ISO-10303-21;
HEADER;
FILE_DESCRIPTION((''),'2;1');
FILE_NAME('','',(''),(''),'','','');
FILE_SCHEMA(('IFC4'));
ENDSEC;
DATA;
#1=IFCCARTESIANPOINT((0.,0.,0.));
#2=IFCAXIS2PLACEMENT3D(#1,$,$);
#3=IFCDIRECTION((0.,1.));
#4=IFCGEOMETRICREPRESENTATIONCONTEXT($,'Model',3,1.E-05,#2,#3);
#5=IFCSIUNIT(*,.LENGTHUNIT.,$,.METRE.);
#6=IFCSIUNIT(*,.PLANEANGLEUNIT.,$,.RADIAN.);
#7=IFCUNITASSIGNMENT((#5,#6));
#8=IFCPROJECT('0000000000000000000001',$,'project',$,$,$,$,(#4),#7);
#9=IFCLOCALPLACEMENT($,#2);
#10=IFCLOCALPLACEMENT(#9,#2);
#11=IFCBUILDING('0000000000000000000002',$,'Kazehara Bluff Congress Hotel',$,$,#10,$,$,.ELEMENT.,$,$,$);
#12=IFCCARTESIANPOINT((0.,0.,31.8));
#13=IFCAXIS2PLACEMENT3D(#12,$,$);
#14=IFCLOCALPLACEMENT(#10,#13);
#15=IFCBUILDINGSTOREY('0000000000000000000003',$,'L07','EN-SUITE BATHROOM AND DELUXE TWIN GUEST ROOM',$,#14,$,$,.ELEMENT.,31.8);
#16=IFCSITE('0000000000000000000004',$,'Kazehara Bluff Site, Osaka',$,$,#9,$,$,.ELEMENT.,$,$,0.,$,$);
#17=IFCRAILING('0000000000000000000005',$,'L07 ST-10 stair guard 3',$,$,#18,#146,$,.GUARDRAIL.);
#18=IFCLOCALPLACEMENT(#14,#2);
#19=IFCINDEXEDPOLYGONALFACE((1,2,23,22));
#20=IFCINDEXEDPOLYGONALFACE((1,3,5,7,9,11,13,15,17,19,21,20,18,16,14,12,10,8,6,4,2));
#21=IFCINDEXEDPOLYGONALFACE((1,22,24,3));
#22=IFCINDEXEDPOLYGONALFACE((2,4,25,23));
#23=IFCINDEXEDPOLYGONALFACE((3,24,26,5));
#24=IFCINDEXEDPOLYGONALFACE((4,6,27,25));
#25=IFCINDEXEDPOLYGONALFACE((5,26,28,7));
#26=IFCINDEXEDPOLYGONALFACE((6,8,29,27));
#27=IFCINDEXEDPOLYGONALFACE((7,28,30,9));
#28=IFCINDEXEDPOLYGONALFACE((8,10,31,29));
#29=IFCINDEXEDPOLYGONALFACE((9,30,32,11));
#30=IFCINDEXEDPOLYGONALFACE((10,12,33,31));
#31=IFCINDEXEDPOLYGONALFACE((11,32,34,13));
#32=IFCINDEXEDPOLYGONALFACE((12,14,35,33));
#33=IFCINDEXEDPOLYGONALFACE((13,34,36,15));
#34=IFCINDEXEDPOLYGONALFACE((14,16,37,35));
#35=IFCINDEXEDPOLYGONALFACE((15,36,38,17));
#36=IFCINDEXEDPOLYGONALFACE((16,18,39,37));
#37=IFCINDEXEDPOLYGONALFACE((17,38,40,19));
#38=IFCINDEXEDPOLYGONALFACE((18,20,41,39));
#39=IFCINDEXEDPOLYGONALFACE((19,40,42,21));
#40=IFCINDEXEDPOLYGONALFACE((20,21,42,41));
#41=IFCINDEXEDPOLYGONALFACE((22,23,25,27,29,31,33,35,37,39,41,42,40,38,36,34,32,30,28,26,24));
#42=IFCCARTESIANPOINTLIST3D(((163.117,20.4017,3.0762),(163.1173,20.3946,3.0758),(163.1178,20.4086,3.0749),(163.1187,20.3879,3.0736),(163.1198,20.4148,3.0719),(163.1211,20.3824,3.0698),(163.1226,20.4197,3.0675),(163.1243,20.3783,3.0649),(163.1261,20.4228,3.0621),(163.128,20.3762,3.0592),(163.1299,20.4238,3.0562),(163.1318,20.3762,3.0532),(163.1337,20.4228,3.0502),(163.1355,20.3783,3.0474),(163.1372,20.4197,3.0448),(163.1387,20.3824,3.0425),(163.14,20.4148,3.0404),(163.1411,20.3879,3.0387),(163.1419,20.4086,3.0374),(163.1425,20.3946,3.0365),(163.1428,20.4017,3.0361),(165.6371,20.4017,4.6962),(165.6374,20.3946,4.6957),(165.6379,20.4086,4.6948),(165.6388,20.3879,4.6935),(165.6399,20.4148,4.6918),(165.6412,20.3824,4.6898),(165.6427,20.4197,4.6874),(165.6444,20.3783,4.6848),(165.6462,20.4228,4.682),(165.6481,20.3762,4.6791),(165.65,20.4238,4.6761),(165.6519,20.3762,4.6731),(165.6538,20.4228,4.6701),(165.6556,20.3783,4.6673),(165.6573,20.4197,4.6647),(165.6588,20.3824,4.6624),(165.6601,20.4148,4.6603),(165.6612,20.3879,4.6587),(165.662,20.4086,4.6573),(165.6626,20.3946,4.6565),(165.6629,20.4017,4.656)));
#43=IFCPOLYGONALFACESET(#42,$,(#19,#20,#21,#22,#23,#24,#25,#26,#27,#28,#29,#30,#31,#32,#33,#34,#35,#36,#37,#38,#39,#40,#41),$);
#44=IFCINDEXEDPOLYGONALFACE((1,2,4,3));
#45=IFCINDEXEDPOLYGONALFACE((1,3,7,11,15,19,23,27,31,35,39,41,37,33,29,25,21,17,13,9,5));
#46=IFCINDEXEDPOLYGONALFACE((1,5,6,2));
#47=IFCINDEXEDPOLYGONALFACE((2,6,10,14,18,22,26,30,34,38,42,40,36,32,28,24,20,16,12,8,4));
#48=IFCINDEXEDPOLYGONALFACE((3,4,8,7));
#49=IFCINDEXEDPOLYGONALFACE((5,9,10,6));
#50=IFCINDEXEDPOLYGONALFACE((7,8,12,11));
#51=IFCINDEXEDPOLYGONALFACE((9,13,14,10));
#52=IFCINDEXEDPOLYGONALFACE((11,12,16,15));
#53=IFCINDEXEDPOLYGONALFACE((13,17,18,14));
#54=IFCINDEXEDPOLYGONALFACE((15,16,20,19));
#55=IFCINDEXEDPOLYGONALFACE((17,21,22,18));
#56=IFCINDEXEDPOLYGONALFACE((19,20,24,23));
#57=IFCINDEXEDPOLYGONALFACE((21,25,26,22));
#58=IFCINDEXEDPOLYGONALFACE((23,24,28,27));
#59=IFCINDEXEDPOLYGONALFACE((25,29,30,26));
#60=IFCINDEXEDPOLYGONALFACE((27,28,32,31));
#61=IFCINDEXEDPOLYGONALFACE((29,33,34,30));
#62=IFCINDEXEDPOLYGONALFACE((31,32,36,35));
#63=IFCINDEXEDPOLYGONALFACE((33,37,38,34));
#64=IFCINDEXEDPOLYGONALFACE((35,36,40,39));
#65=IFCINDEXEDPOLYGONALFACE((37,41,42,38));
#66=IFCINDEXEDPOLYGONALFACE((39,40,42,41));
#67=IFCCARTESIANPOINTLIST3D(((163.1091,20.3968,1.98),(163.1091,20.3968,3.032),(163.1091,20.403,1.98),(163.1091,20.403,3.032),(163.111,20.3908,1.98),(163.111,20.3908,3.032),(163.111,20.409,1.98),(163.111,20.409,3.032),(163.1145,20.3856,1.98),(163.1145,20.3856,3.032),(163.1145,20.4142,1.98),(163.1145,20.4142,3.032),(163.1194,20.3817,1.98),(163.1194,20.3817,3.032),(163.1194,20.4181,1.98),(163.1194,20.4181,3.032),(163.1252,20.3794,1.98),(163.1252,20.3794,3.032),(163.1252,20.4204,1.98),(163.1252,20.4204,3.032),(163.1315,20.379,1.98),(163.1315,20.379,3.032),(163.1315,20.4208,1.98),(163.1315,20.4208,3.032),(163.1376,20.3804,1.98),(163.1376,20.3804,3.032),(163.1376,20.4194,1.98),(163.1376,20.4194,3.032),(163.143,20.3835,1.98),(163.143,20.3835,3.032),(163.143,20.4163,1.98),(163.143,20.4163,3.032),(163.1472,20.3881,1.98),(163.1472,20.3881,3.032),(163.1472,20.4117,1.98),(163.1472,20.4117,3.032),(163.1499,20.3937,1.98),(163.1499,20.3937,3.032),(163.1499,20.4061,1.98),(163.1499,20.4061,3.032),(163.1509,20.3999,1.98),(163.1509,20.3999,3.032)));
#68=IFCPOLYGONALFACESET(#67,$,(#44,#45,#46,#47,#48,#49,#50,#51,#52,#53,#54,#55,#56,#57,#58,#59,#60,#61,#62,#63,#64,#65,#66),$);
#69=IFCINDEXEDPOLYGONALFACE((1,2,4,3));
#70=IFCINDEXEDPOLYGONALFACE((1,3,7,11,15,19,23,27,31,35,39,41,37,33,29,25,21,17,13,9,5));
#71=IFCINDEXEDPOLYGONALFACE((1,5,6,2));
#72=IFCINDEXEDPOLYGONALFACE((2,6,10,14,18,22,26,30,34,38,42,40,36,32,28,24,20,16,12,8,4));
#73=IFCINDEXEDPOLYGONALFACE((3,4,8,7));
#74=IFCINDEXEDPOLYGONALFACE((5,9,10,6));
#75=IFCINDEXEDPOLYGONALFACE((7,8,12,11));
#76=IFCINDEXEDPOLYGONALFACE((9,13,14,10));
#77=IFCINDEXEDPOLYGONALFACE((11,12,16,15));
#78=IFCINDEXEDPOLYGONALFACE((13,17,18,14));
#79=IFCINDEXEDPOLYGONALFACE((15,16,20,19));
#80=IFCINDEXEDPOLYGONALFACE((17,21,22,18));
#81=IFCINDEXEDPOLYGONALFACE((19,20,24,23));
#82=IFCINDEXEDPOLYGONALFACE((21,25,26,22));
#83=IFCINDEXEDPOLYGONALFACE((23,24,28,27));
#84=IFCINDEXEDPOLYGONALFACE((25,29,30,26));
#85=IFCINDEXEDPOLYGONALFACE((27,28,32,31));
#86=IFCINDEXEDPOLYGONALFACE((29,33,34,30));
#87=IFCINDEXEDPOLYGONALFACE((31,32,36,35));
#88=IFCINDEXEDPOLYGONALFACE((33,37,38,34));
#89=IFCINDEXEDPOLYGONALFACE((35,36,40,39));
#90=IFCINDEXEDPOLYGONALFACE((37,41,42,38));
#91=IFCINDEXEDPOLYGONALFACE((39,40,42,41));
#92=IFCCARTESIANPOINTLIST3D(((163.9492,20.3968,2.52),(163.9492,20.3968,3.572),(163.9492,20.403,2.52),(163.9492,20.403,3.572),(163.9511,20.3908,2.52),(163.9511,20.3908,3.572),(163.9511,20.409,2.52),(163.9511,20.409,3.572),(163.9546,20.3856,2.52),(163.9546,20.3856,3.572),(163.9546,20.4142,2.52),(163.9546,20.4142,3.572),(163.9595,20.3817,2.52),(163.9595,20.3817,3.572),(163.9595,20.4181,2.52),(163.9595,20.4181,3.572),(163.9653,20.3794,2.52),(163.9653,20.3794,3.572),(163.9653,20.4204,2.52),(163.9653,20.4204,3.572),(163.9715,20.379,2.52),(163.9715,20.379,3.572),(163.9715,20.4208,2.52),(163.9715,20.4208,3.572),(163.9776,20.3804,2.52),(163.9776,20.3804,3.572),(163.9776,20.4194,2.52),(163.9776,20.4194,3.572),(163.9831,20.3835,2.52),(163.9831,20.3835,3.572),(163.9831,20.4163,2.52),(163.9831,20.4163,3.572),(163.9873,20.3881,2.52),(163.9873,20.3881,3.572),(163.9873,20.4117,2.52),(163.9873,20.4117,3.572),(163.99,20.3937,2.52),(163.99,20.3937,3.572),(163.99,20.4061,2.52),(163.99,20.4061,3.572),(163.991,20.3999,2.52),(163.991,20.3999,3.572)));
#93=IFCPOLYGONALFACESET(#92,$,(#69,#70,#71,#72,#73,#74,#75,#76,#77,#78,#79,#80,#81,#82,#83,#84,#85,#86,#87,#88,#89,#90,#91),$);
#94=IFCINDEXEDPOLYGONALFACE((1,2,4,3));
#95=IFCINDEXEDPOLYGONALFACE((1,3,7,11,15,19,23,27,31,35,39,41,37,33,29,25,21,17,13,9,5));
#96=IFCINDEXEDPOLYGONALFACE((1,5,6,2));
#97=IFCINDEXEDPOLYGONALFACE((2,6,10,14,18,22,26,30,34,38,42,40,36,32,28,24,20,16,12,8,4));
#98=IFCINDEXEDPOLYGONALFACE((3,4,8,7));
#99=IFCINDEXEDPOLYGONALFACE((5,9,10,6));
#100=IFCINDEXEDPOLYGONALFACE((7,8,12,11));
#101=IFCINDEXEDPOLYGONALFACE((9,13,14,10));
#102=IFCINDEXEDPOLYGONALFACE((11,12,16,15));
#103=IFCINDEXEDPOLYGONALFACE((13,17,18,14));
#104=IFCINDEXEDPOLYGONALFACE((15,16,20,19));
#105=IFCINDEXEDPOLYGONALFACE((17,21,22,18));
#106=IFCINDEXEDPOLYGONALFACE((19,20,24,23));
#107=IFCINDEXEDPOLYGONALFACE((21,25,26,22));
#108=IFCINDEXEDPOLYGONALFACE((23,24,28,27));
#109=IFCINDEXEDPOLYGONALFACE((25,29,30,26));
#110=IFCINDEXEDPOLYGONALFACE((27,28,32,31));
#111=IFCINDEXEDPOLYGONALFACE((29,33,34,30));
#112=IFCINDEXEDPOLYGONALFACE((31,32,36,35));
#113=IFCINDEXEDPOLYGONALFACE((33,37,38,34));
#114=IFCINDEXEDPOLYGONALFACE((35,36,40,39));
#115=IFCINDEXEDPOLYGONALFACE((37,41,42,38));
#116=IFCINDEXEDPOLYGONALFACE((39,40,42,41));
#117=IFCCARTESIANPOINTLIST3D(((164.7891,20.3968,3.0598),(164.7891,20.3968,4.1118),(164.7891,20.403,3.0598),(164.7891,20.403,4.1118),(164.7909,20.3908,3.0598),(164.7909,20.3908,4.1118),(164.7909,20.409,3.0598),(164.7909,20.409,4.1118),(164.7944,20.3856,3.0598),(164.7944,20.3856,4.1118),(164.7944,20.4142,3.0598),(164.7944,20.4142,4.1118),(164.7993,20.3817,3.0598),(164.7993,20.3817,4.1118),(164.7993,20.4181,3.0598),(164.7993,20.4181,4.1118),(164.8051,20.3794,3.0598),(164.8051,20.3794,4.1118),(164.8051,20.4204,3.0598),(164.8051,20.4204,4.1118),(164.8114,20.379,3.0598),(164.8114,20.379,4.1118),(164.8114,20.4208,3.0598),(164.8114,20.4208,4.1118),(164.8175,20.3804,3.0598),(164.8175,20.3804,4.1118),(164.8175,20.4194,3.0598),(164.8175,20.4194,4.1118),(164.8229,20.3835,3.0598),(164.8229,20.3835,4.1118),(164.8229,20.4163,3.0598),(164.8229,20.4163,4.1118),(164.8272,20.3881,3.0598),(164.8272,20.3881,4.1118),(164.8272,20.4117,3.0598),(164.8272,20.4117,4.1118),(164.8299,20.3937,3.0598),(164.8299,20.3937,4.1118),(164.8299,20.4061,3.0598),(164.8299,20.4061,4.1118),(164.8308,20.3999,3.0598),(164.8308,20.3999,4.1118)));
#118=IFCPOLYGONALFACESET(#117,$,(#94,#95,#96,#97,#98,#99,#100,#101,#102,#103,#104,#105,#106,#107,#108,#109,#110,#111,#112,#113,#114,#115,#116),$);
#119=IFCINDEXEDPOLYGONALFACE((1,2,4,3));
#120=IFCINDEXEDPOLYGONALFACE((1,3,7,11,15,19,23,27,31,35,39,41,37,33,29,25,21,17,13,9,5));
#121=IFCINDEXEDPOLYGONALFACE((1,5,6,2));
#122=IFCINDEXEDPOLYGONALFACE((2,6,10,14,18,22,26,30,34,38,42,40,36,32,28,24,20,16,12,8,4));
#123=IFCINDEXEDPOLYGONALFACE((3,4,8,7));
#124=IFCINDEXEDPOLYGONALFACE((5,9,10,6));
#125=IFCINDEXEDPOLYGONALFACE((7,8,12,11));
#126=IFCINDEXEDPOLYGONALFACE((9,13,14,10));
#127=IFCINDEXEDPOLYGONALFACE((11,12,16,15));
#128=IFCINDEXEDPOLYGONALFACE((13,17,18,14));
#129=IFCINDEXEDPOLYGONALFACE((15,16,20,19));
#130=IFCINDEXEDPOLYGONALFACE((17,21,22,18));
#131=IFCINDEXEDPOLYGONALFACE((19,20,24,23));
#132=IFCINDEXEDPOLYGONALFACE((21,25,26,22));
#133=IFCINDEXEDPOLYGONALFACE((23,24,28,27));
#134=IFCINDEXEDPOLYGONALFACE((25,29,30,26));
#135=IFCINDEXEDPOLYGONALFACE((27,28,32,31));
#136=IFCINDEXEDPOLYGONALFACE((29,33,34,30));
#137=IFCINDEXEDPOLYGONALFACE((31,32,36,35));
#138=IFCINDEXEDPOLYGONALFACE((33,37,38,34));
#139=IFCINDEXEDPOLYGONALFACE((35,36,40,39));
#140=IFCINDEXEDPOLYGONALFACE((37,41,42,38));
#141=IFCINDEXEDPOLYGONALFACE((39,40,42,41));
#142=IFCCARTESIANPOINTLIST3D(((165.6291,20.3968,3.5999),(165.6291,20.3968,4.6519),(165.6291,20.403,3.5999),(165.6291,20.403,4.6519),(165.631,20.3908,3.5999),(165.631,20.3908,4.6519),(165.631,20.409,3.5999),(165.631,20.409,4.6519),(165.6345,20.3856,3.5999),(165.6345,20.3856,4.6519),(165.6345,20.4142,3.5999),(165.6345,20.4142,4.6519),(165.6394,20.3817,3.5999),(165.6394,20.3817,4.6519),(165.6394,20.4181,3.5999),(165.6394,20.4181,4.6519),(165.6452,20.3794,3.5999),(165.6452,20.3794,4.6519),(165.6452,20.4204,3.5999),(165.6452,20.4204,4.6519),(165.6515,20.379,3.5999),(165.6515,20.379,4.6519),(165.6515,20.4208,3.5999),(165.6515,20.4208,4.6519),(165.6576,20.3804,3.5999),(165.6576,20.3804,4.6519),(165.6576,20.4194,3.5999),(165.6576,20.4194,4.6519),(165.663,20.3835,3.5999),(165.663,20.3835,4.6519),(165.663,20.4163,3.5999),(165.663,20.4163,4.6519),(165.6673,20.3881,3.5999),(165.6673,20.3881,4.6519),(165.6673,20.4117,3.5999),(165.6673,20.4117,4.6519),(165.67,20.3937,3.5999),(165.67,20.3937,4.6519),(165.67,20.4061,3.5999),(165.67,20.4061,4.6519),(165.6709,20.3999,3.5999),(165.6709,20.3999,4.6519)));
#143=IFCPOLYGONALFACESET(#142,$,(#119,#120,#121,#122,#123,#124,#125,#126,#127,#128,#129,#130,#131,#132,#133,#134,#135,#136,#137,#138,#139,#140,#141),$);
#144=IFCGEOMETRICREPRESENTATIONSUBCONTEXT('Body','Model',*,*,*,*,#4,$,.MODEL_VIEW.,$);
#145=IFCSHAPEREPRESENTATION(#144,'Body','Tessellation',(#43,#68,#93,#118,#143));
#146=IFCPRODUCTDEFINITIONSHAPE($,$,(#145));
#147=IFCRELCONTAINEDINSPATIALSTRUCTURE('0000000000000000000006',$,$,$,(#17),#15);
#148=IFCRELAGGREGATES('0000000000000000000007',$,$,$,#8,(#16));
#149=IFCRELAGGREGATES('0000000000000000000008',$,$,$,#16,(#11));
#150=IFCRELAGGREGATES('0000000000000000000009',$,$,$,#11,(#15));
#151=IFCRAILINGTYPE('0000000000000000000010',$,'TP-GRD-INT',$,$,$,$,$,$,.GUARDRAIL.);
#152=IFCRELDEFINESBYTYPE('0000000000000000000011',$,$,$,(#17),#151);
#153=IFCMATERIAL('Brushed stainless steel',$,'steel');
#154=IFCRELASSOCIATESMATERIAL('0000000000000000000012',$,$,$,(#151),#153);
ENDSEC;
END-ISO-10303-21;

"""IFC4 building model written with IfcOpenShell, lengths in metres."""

from ifc_helpers import new_model, si_unit, direction, frame, origin, origin_2d, place, context, subcontext, project, spatial, circle, extrude, material, type_object, element, save


model = new_model("IFC4")

# Units and contexts
model_context = context("Model", 3, precision=1e-05, world=origin(), true_north=direction((0.0, 1.0)))
body_context = subcontext(model_context, "Body", "Model", "MODEL_VIEW")
ifc_project = project(units=[si_unit("LENGTHUNIT", "METRE"), si_unit("PLANEANGLEUNIT", "RADIAN")], contexts=[model_context])

# Site, building, storey
site_placement = place(None, origin())
site = spatial("IfcSite", under=ifc_project, at=site_placement, Name="Kazehara Bluff Site, Osaka", CompositionType="ELEMENT", RefElevation=0.0)
building_placement = place(site_placement, origin())
building = spatial("IfcBuilding", under=site, at=building_placement, Name="Kazehara Bluff Congress Hotel", CompositionType="ELEMENT")
storey_placement = place(building_placement, frame((0.0, 0.0, 31.8)))
storey = spatial("IfcBuildingStorey", under=building, at=storey_placement, Name="L07", Description="EN-SUITE BATHROOM AND DELUXE TWIN GUEST ROOM", CompositionType="ELEMENT", Elevation=31.8)

# Railing
ifc_material_1 = material(Name="Brushed stainless steel", Category="steel")
railing_type_1 = type_object("IfcRailingType", Name="TP-GRD-INT", PredefinedType="GUARDRAIL", material=ifc_material_1)
railing_1_placement = place(storey_placement, frame((163.1299, 20.3999, 1.98)))
element("IfcRailing", 1, at=railing_1_placement, inside=storey, type_object=railing_type_1, Name="L07 ST-10 stair guard 3", PredefinedType="GUARDRAIL", context=body_context, shape_type="SweptSolid", body=[
    extrude(circle(Radius=0.0239, at=origin_2d()), frame((0.0, 0.0, 1.0762), z_axis=(0.8412, 0.0, 0.540725), x_axis=(0.0, 1.0, 0.0)), (0.0, 0.0, 1.0), 2.9958),
    extrude(circle(Radius=0.021, at=origin_2d()), origin(), (0.0, 0.0, 1.0), 1.052),
    extrude(circle(Radius=0.021, at=origin_2d()), frame((0.8401, 0.0, 0.54)), (0.0, 0.0, 1.0), 1.052),
    extrude(circle(Radius=0.021, at=origin_2d()), frame((1.6799, 0.0, 1.0798)), (0.0, 0.0, 1.0), 1.052),
    extrude(circle(Radius=0.021, at=origin_2d()), frame((2.52, 0.0, 1.6199)), (0.0, 0.0, 1.0), 1.052),
])

save(model, "model.ifc")
